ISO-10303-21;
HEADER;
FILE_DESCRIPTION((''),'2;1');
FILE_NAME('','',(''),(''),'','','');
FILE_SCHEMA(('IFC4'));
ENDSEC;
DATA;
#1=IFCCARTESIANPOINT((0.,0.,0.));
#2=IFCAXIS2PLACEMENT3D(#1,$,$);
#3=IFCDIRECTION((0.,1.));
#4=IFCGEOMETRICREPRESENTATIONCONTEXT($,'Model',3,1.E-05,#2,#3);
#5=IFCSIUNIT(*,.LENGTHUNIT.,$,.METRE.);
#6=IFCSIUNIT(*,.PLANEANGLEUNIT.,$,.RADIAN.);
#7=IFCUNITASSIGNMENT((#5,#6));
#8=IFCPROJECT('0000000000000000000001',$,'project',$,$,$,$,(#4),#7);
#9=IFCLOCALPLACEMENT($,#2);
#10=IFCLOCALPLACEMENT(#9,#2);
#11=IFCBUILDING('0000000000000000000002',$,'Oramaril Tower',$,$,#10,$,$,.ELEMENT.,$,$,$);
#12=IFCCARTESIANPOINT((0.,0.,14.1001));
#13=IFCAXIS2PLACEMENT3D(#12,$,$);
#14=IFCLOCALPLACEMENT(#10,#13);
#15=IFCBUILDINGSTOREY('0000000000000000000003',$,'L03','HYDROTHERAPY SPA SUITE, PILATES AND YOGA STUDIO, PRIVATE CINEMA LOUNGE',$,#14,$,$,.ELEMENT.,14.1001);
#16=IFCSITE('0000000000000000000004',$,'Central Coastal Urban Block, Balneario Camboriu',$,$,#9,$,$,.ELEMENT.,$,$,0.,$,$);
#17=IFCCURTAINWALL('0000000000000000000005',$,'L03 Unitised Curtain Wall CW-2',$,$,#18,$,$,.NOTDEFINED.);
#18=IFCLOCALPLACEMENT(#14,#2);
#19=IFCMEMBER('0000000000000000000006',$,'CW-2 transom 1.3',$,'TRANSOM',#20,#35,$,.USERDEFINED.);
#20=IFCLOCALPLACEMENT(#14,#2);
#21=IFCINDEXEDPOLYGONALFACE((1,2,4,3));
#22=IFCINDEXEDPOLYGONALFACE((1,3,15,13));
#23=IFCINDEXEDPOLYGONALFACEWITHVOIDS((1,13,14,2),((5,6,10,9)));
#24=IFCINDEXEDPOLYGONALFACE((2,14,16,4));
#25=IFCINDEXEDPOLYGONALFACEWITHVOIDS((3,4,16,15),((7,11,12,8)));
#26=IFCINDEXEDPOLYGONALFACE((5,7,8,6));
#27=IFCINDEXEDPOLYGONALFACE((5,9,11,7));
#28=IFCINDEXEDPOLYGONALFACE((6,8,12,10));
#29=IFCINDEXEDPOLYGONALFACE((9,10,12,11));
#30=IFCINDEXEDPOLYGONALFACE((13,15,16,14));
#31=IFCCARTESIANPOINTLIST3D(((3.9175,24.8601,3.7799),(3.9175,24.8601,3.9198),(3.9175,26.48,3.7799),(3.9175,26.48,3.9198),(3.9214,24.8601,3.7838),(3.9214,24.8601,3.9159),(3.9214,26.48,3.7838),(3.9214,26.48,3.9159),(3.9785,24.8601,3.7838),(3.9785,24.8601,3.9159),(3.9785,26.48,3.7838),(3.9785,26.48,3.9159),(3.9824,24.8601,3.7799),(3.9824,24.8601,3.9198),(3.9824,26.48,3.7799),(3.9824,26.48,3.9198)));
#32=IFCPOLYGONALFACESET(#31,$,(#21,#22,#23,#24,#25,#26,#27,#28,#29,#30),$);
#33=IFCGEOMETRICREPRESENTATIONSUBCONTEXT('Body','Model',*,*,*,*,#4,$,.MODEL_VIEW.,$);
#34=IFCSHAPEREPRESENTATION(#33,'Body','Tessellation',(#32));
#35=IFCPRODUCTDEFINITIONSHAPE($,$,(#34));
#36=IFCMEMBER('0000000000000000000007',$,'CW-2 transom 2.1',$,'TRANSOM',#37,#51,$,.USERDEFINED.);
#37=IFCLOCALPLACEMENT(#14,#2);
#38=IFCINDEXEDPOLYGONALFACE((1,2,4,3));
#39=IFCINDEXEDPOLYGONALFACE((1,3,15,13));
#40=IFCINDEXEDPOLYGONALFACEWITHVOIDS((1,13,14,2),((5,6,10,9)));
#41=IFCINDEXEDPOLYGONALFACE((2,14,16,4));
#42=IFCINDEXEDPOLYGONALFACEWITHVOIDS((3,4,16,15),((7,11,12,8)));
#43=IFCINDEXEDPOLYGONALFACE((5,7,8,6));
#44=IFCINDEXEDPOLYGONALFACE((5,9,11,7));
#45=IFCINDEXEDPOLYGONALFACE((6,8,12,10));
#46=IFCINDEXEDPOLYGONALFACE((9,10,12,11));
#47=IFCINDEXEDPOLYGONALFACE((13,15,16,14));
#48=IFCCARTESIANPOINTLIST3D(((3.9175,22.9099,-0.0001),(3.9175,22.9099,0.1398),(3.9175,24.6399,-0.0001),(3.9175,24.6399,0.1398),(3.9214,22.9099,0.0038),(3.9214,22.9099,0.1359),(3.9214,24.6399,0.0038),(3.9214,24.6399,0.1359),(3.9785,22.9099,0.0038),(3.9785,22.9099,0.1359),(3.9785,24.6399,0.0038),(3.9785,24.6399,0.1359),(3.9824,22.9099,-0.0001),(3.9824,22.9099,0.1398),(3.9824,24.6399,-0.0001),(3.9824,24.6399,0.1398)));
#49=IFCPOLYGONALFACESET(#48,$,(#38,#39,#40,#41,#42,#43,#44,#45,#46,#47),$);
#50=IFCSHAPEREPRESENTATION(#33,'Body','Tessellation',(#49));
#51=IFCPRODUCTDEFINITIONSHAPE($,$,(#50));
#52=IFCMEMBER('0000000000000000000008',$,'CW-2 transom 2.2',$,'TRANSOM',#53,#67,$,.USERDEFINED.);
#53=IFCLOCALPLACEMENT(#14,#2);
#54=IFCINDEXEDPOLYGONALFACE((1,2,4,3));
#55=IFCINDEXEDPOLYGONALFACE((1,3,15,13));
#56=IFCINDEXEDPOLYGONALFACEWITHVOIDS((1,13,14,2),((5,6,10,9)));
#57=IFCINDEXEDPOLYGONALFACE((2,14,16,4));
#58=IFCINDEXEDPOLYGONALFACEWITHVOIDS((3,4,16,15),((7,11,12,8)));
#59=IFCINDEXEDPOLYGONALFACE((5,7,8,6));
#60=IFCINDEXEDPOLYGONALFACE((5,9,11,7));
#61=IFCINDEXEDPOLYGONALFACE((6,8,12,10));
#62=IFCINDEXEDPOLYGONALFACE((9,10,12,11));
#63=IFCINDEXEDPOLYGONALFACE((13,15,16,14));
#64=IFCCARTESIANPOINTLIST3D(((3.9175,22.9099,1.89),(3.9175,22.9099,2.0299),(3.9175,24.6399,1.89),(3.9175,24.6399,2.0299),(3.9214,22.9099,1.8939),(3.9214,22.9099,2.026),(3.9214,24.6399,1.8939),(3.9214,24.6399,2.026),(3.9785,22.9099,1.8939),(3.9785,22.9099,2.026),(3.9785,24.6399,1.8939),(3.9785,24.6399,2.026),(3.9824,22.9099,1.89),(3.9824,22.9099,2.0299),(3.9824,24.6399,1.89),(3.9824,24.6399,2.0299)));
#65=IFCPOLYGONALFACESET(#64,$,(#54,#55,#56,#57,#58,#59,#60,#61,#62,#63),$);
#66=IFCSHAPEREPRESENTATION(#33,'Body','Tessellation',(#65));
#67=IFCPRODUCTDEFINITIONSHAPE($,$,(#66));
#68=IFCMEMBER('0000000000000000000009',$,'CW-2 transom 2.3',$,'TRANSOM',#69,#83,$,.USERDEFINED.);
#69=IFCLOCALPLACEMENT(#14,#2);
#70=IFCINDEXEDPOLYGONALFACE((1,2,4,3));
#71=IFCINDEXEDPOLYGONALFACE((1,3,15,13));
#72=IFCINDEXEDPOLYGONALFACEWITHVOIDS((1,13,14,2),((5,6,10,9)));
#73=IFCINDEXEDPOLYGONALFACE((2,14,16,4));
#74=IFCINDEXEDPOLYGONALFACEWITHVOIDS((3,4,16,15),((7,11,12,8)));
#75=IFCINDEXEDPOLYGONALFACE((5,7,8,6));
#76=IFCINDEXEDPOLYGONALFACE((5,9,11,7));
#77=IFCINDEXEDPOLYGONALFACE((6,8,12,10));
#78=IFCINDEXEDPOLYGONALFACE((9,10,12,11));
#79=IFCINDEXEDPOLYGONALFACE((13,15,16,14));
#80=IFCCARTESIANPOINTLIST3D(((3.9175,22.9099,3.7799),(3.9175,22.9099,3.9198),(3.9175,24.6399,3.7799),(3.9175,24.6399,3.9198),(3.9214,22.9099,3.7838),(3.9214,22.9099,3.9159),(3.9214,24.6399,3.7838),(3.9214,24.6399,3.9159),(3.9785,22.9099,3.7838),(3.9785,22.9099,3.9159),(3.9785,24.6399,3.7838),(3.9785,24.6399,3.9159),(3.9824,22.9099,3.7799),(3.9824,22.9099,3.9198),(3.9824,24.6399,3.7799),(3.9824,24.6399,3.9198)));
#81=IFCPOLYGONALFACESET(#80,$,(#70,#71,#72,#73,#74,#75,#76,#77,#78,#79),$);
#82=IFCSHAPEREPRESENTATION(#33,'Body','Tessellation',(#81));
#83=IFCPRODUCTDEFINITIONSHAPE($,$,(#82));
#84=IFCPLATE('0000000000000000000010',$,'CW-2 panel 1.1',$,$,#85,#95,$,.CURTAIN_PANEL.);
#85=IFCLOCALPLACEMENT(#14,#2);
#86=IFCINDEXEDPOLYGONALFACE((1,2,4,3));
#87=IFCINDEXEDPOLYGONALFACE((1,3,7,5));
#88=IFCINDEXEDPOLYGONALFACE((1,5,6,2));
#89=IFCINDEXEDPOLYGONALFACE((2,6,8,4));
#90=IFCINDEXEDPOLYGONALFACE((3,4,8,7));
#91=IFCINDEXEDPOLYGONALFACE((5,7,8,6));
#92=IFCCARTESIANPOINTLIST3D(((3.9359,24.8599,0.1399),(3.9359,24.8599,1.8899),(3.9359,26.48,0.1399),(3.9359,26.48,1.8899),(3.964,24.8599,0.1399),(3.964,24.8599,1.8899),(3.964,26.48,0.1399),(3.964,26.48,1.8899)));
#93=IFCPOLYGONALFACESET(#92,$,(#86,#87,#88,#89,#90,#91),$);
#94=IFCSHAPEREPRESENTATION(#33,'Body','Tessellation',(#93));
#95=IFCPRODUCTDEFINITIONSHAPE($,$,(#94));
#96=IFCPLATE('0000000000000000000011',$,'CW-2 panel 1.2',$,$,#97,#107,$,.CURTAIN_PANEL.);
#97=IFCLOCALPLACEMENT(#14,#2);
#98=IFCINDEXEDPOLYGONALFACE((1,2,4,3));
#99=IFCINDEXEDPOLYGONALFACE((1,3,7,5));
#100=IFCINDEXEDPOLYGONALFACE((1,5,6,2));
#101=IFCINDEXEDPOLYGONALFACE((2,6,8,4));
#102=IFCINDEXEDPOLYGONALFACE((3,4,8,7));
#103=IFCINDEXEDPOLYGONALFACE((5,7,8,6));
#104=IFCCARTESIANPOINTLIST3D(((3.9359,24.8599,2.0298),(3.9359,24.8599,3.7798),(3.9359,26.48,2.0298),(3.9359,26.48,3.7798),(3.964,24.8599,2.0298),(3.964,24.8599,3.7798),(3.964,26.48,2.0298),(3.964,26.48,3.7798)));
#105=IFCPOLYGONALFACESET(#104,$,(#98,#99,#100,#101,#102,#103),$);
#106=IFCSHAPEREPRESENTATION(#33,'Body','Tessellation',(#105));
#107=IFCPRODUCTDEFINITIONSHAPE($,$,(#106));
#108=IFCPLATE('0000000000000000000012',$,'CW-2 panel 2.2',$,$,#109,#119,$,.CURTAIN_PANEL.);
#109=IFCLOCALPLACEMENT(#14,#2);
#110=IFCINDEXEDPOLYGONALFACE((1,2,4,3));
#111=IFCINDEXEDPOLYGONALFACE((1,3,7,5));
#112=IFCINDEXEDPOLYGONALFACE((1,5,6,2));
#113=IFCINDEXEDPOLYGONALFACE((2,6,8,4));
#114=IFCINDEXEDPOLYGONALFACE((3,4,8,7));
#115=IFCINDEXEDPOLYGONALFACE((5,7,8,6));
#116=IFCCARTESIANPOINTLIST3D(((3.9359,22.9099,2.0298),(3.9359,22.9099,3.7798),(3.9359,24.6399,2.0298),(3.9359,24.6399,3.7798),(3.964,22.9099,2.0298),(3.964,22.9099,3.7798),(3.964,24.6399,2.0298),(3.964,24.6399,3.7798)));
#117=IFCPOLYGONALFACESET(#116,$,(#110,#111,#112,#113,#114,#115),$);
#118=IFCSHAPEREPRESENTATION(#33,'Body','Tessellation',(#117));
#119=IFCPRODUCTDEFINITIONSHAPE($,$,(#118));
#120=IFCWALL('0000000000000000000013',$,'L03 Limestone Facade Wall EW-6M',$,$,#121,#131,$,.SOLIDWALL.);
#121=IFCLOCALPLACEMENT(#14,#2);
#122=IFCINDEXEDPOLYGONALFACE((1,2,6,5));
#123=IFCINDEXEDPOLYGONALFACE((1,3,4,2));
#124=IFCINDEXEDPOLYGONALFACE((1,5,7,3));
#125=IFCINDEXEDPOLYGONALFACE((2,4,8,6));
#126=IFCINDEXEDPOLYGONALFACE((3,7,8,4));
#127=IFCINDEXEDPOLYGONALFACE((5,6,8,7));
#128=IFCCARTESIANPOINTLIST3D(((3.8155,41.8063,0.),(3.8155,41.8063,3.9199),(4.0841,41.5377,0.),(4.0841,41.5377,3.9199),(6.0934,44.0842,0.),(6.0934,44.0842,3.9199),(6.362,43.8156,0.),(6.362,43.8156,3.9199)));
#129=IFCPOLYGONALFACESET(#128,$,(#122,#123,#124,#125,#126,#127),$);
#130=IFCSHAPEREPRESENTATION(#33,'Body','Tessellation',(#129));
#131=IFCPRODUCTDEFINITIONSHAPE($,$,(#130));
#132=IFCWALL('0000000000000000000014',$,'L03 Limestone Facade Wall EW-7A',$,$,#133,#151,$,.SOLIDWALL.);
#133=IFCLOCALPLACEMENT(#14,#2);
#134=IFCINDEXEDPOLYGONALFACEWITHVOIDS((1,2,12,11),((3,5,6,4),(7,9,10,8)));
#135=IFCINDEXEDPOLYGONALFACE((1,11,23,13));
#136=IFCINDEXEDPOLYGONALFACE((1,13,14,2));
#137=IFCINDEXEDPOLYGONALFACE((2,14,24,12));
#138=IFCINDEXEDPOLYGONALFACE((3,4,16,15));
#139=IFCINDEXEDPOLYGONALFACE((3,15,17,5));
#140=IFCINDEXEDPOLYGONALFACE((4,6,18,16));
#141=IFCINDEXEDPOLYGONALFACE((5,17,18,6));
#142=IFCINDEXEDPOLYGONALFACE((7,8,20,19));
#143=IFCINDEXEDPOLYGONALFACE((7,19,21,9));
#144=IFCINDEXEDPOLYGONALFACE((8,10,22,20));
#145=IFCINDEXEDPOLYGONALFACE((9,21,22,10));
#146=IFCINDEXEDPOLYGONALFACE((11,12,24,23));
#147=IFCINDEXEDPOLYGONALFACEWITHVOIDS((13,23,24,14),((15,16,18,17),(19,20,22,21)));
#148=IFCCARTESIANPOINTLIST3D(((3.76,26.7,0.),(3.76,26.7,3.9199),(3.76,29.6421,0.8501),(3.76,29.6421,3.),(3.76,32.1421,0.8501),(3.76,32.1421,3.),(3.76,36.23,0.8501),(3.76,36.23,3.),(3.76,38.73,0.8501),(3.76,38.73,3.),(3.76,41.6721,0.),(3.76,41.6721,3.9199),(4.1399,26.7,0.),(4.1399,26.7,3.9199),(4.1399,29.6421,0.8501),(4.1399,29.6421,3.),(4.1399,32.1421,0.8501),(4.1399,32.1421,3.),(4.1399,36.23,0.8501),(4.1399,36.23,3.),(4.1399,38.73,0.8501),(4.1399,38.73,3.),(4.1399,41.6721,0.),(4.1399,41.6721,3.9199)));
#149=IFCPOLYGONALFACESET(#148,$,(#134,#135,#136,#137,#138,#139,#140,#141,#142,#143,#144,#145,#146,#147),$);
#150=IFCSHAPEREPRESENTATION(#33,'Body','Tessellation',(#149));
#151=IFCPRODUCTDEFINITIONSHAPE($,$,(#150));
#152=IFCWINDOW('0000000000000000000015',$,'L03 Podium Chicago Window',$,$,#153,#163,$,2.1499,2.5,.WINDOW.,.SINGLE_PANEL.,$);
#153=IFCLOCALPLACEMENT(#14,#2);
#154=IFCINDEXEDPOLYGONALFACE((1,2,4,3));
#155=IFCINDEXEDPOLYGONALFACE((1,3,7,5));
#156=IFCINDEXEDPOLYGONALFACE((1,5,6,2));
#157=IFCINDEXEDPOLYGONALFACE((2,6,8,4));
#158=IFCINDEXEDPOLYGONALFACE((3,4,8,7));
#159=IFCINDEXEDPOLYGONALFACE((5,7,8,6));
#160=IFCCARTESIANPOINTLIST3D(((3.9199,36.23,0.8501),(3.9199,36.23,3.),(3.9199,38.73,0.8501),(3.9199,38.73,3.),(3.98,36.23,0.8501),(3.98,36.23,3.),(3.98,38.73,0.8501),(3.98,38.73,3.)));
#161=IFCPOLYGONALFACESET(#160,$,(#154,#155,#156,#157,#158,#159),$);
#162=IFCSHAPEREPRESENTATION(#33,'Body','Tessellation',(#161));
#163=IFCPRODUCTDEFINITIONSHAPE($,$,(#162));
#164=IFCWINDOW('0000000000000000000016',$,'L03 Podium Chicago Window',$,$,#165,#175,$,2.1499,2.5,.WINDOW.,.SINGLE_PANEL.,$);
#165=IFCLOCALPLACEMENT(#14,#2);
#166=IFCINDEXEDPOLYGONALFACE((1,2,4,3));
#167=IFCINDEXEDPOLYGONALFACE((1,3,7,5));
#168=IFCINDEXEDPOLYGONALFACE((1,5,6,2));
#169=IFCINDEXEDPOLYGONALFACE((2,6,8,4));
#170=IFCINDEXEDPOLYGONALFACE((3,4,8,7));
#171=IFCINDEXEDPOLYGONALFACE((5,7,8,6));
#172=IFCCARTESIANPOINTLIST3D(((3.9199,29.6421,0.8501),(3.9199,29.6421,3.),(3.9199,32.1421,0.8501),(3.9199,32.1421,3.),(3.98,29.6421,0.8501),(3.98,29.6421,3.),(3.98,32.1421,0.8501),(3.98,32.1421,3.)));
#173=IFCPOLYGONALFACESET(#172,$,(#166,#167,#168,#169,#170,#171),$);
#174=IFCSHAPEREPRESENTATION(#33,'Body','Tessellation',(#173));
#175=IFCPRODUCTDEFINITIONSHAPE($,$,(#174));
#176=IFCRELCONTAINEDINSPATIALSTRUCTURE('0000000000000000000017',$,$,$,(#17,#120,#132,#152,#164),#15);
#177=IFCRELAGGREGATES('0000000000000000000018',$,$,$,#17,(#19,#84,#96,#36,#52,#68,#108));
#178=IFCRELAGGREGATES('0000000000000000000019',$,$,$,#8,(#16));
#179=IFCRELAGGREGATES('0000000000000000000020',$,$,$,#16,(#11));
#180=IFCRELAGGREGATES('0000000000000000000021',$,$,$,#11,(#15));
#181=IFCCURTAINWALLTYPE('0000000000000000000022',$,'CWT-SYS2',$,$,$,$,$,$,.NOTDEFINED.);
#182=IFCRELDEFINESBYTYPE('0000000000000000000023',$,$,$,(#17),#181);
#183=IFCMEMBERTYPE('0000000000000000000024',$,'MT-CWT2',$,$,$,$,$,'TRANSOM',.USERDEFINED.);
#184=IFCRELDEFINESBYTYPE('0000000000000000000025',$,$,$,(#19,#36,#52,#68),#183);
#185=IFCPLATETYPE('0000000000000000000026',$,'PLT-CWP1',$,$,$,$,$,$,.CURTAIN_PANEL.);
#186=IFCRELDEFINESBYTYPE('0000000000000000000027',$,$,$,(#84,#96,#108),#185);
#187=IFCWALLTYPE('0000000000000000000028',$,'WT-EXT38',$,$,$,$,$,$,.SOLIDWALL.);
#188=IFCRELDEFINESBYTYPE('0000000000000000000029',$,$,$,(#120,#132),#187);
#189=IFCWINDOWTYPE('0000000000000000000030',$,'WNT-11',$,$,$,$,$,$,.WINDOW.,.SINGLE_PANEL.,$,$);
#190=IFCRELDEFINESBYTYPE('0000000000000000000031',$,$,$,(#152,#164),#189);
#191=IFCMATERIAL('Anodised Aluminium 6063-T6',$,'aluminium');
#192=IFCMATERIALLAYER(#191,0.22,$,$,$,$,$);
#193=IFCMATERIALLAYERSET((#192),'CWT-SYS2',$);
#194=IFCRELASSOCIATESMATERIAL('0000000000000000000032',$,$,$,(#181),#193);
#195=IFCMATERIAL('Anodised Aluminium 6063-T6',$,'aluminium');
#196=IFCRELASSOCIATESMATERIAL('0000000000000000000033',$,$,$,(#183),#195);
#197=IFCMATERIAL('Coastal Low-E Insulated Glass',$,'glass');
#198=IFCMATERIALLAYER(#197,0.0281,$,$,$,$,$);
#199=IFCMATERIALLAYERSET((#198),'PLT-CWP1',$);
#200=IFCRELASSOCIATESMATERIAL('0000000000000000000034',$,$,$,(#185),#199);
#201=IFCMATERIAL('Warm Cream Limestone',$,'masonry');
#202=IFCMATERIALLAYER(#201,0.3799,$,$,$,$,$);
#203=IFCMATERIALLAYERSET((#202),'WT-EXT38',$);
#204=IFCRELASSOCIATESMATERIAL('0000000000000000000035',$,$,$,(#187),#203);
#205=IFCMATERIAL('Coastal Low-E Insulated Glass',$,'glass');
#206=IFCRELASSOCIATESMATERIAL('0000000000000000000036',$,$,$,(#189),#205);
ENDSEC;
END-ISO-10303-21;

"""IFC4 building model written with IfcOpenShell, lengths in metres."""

from ifc_helpers import new_model, si_unit, direction, frame, frame_2d, origin, origin_2d, place, context, subcontext, project, spatial, rectangle, hollow_rectangle, extrude, material, layer, layer_set, material_profile, profile_set, type_object, element, fill, aggregate, save


model = new_model("IFC4")

# Units and contexts
model_context = context("Model", 3, precision=1e-05, world=origin(), true_north=direction((0.0, 1.0)))
body_context = subcontext(model_context, "Body", "Model", "MODEL_VIEW")
ifc_project = project(units=[si_unit("LENGTHUNIT", "METRE"), si_unit("PLANEANGLEUNIT", "RADIAN")], contexts=[model_context])

# Site, building, storey
site_placement = place(None, origin())
site = spatial("IfcSite", under=ifc_project, at=site_placement, Name="Central Coastal Urban Block, Balneario Camboriu", CompositionType="ELEMENT", RefElevation=0.0)
building_placement = place(site_placement, origin())
building = spatial("IfcBuilding", under=site, at=building_placement, Name="Oramaril Tower", CompositionType="ELEMENT")
storey_placement = place(building_placement, frame((0.0, 0.0, 14.1001)))
storey = spatial("IfcBuildingStorey", under=building, at=storey_placement, Name="L03", Description="HYDROTHERAPY SPA SUITE, PILATES AND YOGA STUDIO, PRIVATE CINEMA LOUNGE", CompositionType="ELEMENT", Elevation=14.1001)

# Curtain wall, members, plates
ifc_material_1 = material(Name="Anodised Aluminium 6063-T6", Category="aluminium")
ifc_layer_1 = layer(ifc_material_1, 0.22)
ifc_layer_set_1 = layer_set([ifc_layer_1], Name="CWT-SYS2")
curtain_wall_type = type_object("IfcCurtainWallType", Name="CWT-SYS2", PredefinedType="NOTDEFINED", material=ifc_layer_set_1)
curtain_wall_placement = place(storey_placement, origin())
curtain_wall = element("IfcCurtainWall", 1, at=curtain_wall_placement, inside=storey, type_object=curtain_wall_type, Name="L03 Unitised Curtain Wall CW-2", PredefinedType="NOTDEFINED")
ifc_material_2 = material(Name="Anodised Aluminium 6063-T6", Category="aluminium")
ifc_material_profile_1 = material_profile(ifc_material_2, hollow_rectangle(XDim=0.0649, YDim=0.1399, WallThickness=0.0039, at=origin_2d()), Name="CWT140X65")
ifc_profile_set_1 = profile_set([ifc_material_profile_1], Name="Anodised Aluminium 6063-T6")
member_type_1 = type_object("IfcMemberType", Name="MT-CWT2", ElementType="TRANSOM", PredefinedType="USERDEFINED", material=ifc_profile_set_1)
member_1_placement = place(storey_placement, frame((3.95, 26.48, 3.8499), z_axis=(0.0, -1.0, 0.0), x_axis=(1.0, 0.0, 0.0)))
member_1 = element("IfcMember", 2, at=member_1_placement, type_object=member_type_1, Name="CW-2 transom 1.3", ObjectType="TRANSOM", PredefinedType="USERDEFINED", context=body_context, shape_type="SweptSolid", body=[
    extrude(hollow_rectangle(XDim=0.0649, YDim=0.1399, WallThickness=0.0039, at=origin_2d()), origin(), (0.0, 0.0, 1.0), 1.6199),
])
member_2_placement = place(storey_placement, frame((3.95, 24.6399, 0.0698), z_axis=(0.0, -1.0, 0.0), x_axis=(1.0, 0.0, 0.0)))
member_2 = element("IfcMember", 3, at=member_2_placement, type_object=member_type_1, Name="CW-2 transom 2.1", ObjectType="TRANSOM", PredefinedType="USERDEFINED", context=body_context, shape_type="SweptSolid", body=[
    extrude(hollow_rectangle(XDim=0.0649, YDim=0.1399, WallThickness=0.0039, at=origin_2d()), origin(), (0.0, 0.0, 1.0), 1.73),
])
member_3_placement = place(storey_placement, frame((3.95, 24.6399, 1.96), z_axis=(0.0, -1.0, 0.0), x_axis=(1.0, 0.0, 0.0)))
member_3 = element("IfcMember", 4, at=member_3_placement, type_object=member_type_1, Name="CW-2 transom 2.2", ObjectType="TRANSOM", PredefinedType="USERDEFINED", context=body_context, shape_type="SweptSolid", body=[
    extrude(hollow_rectangle(XDim=0.0649, YDim=0.1399, WallThickness=0.0039, at=origin_2d()), origin(), (0.0, 0.0, 1.0), 1.73),
])
member_4_placement = place(storey_placement, frame((3.95, 24.6399, 3.8499), z_axis=(0.0, -1.0, 0.0), x_axis=(1.0, 0.0, 0.0)))
member_4 = element("IfcMember", 5, at=member_4_placement, type_object=member_type_1, Name="CW-2 transom 2.3", ObjectType="TRANSOM", PredefinedType="USERDEFINED", context=body_context, shape_type="SweptSolid", body=[
    extrude(hollow_rectangle(XDim=0.0649, YDim=0.1399, WallThickness=0.0039, at=origin_2d()), origin(), (0.0, 0.0, 1.0), 1.73),
])
ifc_material_3 = material(Name="Coastal Low-E Insulated Glass", Category="glass")
ifc_layer_2 = layer(ifc_material_3, 0.0281)
ifc_layer_set_2 = layer_set([ifc_layer_2], Name="PLT-CWP1")
plate_type = type_object("IfcPlateType", Name="PLT-CWP1", PredefinedType="CURTAIN_PANEL", material=ifc_layer_set_2)
plate_1_placement = place(storey_placement, frame((3.95, 25.6699, 0.1399), z_axis=(0.0, 0.0, 1.0), x_axis=(0.0, -1.0, 0.0)))
plate_1 = element("IfcPlate", 6, at=plate_1_placement, type_object=plate_type, Name="CW-2 panel 1.1", PredefinedType="CURTAIN_PANEL", context=body_context, shape_type="SweptSolid", body=[
    extrude(rectangle(XDim=1.6201, YDim=0.0281, at=origin_2d()), origin(), (0.0, 0.0, 1.0), 1.75),
])
plate_2_placement = place(storey_placement, frame((3.95, 25.6699, 2.0298), z_axis=(0.0, 0.0, 1.0), x_axis=(0.0, -1.0, 0.0)))
plate_2 = element("IfcPlate", 7, at=plate_2_placement, type_object=plate_type, Name="CW-2 panel 1.2", PredefinedType="CURTAIN_PANEL", context=body_context, shape_type="SweptSolid", body=[
    extrude(rectangle(XDim=1.6201, YDim=0.0281, at=origin_2d()), origin(), (0.0, 0.0, 1.0), 1.75),
])
plate_3_placement = place(storey_placement, frame((3.95, 23.7749, 2.0298), z_axis=(0.0, 0.0, 1.0), x_axis=(0.0, -1.0, 0.0)))
plate_3 = element("IfcPlate", 8, at=plate_3_placement, type_object=plate_type, Name="CW-2 panel 2.2", PredefinedType="CURTAIN_PANEL", context=body_context, shape_type="SweptSolid", body=[
    extrude(rectangle(XDim=1.73, YDim=0.0281, at=origin_2d()), origin(), (0.0, 0.0, 1.0), 1.75),
])
aggregate(curtain_wall, [member_1, plate_1, plate_2, member_2, member_3, member_4, plate_3])

# Wall
ifc_material_4 = material(Name="Warm Cream Limestone", Category="masonry")
ifc_layer_3 = layer(ifc_material_4, 0.3799)
ifc_layer_set_3 = layer_set([ifc_layer_3], Name="WT-EXT38")
wall_type = type_object("IfcWallType", Name="WT-EXT38", PredefinedType="SOLIDWALL", material=ifc_layer_set_3)
wall_1_placement = place(storey_placement, frame((6.2278, 43.95, 0.0), z_axis=(0.0, 0.0, 1.0), x_axis=(-0.707107, -0.707107, 0.0)))
element("IfcWall", 9, at=wall_1_placement, inside=storey, type_object=wall_type, Name="L03 Limestone Facade Wall EW-6M", PredefinedType="SOLIDWALL", context=body_context, shape_type="SweptSolid", body=[
    extrude(rectangle(XDim=3.2214, YDim=0.3799, at=frame_2d((1.6108, 0.0))), origin(), (0.0, 0.0, 1.0), 3.9199),
])

# Wall, openings, windows
wall_2_placement = place(storey_placement, frame((3.95, 41.6721, 0.0), z_axis=(0.0, 0.0, 1.0), x_axis=(0.0, -1.0, 0.0)))
wall_2 = element("IfcWall", 10, at=wall_2_placement, inside=storey, type_object=wall_type, Name="L03 Limestone Facade Wall EW-7A", PredefinedType="SOLIDWALL", context=body_context, shape_type="SweptSolid", body=[
    extrude(rectangle(XDim=14.9722, YDim=0.3799, at=frame_2d((7.4861, 0.0))), origin(), (0.0, 0.0, 1.0), 3.9199),
])
opening_1_placement = place(wall_2_placement, frame((2.9421, 0.0, 0.8501)))
opening_1 = element("IfcOpeningElement", 11, at=opening_1_placement, cuts=wall_2, PredefinedType="OPENING", context=body_context, shape_type="SweptSolid", body=[
    extrude(rectangle(XDim=2.5, YDim=2.1499, at=frame_2d((1.25, 1.075))), frame((0.0, 0.1899, 0.0), z_axis=(0.0, -1.0, 0.0), x_axis=(1.0, 0.0, 0.0)), (0.0, 0.0, 1.0), 0.3799),
])
opening_2_placement = place(wall_2_placement, frame((9.53, 0.0, 0.8501)))
opening_2 = element("IfcOpeningElement", 12, at=opening_2_placement, cuts=wall_2, PredefinedType="OPENING", context=body_context, shape_type="SweptSolid", body=[
    extrude(rectangle(XDim=2.5, YDim=2.1499, at=frame_2d((1.25, 1.075))), frame((0.0, 0.1899, 0.0), z_axis=(0.0, -1.0, 0.0), x_axis=(1.0, 0.0, 0.0)), (0.0, 0.0, 1.0), 0.3799),
])
ifc_material_5 = material(Name="Coastal Low-E Insulated Glass", Category="glass")
window_type = type_object("IfcWindowType", Name="WNT-11", PartitioningType="SINGLE_PANEL", PredefinedType="WINDOW", material=ifc_material_5)
window_1_placement = place(opening_1_placement, origin())
window_1 = element("IfcWindow", 13, at=window_1_placement, inside=storey, type_object=window_type, Name="L03 Podium Chicago Window", OverallHeight=2.1499, OverallWidth=2.5, PartitioningType="SINGLE_PANEL", PredefinedType="WINDOW", context=body_context, shape_type="SweptSolid", body=[
    extrude(rectangle(XDim=2.5, YDim=2.1499, at=frame_2d((1.25, 1.075))), frame((0.0, 0.03, 0.0), z_axis=(0.0, -1.0, 0.0), x_axis=(1.0, 0.0, 0.0)), (0.0, 0.0, 1.0), 0.0601),
])
fill(opening_1, window_1)
window_2_placement = place(opening_2_placement, origin())
window_2 = element("IfcWindow", 14, at=window_2_placement, inside=storey, type_object=window_type, Name="L03 Podium Chicago Window", OverallHeight=2.1499, OverallWidth=2.5, PartitioningType="SINGLE_PANEL", PredefinedType="WINDOW", context=body_context, shape_type="SweptSolid", body=[
    extrude(rectangle(XDim=2.5, YDim=2.1499, at=frame_2d((1.25, 1.075))), frame((0.0, 0.03, 0.0), z_axis=(0.0, -1.0, 0.0), x_axis=(1.0, 0.0, 0.0)), (0.0, 0.0, 1.0), 0.0601),
])
fill(opening_2, window_2)

save(model, "model.ifc")
